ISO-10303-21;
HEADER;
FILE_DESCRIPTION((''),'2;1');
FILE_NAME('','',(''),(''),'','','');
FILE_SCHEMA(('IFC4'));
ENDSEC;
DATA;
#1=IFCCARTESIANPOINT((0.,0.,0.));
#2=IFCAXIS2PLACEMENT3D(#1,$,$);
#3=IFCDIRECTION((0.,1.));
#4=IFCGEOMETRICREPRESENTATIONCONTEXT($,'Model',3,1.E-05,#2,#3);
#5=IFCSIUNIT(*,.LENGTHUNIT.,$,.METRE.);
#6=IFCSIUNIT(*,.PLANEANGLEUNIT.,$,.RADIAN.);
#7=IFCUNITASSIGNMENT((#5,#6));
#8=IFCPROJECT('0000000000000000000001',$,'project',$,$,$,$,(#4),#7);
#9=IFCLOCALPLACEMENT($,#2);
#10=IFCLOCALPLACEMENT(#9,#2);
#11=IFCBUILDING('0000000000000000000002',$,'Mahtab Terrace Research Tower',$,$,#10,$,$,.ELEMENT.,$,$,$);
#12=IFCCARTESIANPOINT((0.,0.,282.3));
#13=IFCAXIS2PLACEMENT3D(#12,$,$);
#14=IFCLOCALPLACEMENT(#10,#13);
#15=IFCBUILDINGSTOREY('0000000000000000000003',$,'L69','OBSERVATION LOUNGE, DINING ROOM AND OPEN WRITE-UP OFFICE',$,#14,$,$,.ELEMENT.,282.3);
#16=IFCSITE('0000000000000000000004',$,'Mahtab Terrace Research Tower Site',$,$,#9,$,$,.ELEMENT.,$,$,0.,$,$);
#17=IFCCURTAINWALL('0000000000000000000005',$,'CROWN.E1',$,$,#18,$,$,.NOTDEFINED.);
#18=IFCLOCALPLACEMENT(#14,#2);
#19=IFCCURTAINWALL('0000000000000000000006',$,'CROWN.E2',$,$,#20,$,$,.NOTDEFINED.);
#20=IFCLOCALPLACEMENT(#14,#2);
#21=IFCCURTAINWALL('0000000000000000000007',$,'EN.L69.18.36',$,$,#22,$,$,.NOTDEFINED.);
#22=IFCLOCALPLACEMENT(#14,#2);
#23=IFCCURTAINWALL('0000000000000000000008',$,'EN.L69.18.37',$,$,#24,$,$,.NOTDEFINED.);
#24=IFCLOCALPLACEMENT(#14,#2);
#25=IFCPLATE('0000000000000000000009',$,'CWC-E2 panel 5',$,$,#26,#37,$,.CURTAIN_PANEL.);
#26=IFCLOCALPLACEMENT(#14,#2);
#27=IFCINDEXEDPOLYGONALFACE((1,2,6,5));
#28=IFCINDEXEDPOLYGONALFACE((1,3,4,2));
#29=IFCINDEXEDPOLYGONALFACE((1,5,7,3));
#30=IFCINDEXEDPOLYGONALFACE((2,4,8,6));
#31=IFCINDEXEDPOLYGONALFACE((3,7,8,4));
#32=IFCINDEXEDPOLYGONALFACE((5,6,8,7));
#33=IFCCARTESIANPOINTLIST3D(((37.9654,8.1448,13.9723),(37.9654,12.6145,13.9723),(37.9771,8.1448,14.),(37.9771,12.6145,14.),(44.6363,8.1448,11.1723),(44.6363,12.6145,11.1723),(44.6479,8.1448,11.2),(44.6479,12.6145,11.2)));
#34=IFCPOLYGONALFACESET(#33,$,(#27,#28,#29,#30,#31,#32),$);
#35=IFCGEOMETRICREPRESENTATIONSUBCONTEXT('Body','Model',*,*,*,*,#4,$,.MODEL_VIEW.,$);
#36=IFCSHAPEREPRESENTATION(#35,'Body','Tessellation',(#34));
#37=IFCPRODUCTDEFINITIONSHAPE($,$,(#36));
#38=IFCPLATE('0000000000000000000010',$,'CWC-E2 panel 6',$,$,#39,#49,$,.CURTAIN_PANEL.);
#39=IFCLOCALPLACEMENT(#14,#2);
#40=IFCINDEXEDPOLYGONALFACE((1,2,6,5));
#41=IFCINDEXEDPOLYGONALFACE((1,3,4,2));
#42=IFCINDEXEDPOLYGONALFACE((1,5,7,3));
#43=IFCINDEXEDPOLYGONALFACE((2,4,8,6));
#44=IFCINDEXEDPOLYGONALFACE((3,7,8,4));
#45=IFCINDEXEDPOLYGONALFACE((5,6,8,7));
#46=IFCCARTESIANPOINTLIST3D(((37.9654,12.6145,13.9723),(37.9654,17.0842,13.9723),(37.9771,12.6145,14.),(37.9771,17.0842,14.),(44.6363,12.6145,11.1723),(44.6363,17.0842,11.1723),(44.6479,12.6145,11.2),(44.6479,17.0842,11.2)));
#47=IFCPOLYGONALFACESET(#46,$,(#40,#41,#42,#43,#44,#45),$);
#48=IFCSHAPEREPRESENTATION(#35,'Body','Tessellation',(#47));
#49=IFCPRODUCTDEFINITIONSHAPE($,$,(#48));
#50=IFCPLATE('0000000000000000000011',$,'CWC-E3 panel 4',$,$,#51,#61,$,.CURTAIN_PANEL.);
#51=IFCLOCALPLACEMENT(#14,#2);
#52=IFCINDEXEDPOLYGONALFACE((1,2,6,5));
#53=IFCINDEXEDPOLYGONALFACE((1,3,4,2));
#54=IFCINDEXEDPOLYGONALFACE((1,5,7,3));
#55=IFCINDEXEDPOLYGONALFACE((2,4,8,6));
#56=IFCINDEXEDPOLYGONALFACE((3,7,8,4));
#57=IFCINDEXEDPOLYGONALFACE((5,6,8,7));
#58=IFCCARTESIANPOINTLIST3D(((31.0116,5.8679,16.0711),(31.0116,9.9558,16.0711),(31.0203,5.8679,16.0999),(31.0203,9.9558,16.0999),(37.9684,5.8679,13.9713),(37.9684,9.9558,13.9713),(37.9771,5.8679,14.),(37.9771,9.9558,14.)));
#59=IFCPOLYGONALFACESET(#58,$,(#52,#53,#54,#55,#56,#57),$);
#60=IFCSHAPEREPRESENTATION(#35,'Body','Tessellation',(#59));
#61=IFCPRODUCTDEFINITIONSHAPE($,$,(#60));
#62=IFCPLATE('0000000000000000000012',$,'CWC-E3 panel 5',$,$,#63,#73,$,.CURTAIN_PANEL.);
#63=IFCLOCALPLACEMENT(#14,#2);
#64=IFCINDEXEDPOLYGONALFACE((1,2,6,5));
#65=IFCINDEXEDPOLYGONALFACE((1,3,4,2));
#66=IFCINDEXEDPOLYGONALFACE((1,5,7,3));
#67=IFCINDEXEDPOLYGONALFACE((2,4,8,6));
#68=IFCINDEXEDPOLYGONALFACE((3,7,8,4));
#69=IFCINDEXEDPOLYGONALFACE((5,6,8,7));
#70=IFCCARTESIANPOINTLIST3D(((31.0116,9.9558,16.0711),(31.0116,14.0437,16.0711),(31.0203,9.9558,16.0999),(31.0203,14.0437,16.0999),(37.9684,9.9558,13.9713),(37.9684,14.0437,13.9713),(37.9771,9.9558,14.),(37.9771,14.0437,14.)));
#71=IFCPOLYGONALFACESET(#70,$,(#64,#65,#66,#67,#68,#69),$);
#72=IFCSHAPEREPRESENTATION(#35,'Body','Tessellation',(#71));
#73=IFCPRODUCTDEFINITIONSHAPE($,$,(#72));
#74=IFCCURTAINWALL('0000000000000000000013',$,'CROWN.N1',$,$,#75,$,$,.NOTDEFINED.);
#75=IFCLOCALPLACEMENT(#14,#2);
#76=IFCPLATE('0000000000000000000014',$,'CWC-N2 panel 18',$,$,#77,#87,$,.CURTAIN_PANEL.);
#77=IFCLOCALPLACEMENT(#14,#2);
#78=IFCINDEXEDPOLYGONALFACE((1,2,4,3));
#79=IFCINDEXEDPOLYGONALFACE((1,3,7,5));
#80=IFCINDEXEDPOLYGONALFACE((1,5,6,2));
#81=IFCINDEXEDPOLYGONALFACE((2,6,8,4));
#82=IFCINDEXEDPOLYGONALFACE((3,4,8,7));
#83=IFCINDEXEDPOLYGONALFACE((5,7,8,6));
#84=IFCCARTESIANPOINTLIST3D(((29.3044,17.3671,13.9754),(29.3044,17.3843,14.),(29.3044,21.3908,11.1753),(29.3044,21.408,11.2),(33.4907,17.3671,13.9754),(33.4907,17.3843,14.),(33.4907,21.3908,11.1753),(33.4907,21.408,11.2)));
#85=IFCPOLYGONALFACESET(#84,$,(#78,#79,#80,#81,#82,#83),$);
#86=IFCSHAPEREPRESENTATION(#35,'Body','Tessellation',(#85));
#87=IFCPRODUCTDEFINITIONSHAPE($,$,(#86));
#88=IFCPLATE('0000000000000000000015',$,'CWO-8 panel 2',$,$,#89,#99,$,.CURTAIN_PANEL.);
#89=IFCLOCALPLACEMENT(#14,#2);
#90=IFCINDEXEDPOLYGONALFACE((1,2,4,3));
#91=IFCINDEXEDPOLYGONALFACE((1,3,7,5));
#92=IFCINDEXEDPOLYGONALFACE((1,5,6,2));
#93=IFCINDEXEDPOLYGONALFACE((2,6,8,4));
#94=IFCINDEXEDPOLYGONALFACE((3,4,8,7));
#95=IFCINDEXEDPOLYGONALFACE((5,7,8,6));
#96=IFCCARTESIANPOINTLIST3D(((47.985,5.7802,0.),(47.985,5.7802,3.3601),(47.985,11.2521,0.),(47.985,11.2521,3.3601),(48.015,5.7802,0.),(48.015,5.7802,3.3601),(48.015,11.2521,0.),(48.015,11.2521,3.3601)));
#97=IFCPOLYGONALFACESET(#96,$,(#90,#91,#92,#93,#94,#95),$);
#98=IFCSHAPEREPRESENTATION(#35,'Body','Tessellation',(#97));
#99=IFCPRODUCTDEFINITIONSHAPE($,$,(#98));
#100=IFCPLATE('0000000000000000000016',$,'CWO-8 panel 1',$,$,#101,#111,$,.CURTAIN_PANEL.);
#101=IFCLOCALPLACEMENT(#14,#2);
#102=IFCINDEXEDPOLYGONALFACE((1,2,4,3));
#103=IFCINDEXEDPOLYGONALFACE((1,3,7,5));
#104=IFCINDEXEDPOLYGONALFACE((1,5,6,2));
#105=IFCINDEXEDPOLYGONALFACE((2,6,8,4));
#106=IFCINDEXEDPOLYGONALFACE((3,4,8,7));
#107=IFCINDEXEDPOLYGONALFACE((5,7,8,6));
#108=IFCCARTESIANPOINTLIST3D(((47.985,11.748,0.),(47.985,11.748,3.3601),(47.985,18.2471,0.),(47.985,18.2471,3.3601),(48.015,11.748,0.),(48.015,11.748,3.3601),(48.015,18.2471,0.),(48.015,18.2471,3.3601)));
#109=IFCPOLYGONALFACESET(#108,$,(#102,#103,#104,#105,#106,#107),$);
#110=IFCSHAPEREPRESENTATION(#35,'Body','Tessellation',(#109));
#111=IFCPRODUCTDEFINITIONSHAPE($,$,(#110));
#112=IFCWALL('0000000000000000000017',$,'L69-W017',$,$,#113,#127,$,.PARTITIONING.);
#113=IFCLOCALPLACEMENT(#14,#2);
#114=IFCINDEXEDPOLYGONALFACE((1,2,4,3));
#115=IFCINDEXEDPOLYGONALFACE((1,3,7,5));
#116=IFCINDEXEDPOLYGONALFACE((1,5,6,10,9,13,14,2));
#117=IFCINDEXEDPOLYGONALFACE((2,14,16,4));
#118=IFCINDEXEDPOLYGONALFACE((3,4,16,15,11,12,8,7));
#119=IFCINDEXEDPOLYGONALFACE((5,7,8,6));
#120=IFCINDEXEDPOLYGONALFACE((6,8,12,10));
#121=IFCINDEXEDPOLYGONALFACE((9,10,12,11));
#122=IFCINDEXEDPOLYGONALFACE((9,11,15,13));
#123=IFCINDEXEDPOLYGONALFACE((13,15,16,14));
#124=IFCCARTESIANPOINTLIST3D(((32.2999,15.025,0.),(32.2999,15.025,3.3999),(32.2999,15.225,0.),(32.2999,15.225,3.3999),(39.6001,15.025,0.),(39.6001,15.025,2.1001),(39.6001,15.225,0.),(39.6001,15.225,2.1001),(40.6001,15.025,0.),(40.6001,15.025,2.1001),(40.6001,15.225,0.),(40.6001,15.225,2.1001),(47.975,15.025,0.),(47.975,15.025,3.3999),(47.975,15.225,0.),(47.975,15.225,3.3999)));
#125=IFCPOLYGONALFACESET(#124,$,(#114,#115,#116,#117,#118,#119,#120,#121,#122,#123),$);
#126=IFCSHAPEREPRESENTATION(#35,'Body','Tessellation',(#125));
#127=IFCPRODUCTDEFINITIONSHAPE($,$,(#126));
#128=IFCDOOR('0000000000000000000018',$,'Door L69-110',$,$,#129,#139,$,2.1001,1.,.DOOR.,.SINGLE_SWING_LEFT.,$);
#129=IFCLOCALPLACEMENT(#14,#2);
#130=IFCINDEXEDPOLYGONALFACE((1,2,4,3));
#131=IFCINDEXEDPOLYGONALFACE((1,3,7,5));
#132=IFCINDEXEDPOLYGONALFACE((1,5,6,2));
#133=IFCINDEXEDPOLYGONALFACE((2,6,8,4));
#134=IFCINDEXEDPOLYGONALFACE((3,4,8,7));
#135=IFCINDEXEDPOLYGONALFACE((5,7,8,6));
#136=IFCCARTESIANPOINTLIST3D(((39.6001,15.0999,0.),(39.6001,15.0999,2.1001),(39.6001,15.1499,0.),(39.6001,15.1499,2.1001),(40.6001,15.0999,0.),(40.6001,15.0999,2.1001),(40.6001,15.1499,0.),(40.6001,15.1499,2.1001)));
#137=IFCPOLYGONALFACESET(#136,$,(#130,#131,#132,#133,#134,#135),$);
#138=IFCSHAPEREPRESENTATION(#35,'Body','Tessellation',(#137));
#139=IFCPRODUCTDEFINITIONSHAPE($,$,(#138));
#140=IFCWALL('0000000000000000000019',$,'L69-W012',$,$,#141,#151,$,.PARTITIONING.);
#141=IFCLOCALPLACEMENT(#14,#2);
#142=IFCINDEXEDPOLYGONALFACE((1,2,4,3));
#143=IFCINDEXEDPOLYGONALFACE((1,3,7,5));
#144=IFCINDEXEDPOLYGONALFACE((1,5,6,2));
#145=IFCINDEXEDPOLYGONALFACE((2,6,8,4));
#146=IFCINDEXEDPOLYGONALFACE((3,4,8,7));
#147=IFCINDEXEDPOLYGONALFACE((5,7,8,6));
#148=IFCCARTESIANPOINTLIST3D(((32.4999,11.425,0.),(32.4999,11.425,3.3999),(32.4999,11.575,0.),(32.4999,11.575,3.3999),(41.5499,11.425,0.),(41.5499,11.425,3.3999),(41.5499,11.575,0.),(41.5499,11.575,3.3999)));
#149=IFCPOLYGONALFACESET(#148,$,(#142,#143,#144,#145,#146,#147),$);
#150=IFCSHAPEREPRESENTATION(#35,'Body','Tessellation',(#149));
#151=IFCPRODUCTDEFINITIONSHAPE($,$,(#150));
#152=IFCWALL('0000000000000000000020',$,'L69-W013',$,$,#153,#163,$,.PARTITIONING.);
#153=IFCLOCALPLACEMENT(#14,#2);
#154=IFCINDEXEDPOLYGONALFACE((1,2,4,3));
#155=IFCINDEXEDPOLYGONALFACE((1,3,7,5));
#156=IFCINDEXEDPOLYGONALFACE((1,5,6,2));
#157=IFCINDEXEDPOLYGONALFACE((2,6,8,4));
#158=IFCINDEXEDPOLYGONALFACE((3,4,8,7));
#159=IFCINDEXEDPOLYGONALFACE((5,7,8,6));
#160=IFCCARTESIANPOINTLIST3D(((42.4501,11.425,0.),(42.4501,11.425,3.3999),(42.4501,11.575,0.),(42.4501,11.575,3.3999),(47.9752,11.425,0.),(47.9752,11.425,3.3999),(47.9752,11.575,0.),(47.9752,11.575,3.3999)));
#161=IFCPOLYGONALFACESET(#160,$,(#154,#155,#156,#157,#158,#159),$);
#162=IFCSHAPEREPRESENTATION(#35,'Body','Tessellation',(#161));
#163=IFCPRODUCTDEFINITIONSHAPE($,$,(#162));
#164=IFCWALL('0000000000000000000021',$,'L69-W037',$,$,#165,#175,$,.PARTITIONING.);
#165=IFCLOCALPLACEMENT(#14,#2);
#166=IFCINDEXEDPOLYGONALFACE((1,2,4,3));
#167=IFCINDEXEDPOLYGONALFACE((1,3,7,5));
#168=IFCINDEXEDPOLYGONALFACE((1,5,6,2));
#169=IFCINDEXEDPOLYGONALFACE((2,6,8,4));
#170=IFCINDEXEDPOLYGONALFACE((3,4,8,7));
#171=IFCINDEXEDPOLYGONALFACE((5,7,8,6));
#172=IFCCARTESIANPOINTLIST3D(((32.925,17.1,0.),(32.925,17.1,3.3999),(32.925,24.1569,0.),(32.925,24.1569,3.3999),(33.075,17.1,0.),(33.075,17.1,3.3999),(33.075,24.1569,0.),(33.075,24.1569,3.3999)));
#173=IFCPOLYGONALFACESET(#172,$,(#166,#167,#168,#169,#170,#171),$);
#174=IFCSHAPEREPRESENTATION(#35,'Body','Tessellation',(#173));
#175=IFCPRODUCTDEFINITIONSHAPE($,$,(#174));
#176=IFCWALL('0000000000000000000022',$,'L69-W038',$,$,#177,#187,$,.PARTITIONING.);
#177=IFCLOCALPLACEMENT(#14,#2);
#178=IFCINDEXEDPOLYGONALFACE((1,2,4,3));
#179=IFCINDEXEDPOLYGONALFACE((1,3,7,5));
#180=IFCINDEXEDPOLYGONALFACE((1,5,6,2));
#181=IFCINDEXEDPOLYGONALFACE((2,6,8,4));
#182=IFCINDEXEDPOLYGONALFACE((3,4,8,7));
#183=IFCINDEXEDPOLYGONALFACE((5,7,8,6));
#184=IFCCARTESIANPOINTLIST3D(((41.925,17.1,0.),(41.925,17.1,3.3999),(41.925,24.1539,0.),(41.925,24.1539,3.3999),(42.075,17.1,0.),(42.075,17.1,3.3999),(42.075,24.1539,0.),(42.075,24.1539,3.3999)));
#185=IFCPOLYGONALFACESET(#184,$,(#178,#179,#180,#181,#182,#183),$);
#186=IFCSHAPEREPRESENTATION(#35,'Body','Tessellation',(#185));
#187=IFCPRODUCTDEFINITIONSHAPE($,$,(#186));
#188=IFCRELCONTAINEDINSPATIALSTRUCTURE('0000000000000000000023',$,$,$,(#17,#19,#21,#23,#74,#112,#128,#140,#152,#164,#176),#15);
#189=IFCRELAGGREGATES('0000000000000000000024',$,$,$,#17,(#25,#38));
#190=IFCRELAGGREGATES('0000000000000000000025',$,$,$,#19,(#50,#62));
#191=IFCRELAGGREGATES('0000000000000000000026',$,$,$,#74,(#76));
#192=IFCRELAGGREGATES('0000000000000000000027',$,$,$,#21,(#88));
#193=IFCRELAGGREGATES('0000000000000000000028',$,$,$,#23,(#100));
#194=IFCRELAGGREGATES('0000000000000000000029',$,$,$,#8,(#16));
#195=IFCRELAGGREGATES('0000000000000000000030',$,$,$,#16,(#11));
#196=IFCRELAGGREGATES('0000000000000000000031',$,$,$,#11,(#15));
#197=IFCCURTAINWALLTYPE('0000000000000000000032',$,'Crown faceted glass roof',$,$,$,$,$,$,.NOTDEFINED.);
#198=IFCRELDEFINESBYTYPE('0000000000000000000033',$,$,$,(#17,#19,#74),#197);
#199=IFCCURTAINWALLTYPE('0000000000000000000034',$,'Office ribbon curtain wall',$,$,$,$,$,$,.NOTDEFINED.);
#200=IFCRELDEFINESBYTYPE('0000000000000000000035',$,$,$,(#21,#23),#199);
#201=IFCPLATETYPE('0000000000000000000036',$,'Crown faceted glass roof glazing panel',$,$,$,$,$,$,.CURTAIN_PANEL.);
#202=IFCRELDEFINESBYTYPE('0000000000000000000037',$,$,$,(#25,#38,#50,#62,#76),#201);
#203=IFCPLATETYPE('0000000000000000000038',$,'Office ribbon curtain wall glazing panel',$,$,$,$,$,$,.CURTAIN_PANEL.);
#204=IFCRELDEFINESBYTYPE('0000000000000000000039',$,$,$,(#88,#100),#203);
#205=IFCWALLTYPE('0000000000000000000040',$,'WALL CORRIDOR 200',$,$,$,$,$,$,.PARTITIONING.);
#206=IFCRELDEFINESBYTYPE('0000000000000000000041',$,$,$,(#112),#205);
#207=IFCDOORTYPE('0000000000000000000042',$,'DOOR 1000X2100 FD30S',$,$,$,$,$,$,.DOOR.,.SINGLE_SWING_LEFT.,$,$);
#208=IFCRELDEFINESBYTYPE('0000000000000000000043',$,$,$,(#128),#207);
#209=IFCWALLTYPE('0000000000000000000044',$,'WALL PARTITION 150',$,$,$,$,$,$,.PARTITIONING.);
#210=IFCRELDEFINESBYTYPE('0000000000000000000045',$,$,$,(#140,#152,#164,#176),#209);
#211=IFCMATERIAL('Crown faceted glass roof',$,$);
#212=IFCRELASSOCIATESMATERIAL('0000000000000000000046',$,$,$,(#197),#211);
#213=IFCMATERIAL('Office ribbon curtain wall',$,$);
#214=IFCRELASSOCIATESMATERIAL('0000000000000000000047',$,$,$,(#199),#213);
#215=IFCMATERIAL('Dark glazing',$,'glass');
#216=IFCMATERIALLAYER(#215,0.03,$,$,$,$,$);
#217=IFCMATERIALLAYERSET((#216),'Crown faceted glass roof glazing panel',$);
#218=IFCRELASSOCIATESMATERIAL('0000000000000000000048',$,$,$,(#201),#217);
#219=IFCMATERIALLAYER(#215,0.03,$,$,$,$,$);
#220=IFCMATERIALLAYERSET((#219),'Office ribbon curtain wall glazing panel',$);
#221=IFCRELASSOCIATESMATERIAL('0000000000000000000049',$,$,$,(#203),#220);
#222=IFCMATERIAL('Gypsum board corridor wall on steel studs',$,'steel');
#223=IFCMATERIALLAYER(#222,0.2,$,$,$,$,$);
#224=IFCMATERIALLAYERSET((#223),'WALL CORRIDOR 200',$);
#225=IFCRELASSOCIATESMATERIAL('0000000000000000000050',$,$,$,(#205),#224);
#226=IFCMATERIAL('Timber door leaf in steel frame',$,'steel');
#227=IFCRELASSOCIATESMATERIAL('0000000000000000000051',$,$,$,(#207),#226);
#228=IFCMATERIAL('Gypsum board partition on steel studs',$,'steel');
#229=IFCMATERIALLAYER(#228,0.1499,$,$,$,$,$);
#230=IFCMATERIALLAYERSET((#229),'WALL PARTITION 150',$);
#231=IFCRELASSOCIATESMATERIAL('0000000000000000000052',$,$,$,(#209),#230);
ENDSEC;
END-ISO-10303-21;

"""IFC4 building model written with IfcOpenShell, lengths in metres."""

from ifc_helpers import new_model, si_unit, direction, frame, frame_2d, origin, origin_2d, place, context, subcontext, project, spatial, polyline, rectangle, outline, extrude, material, layer, layer_set, type_object, element, fill, aggregate, save


model = new_model("IFC4")

# Units and contexts
model_context = context("Model", 3, precision=1e-05, world=origin(), true_north=direction((0.0, 1.0)))
body_context = subcontext(model_context, "Body", "Model", "MODEL_VIEW")
ifc_project = project(units=[si_unit("LENGTHUNIT", "METRE"), si_unit("PLANEANGLEUNIT", "RADIAN")], contexts=[model_context])

# Site, building, storey
site_placement = place(None, origin())
site = spatial("IfcSite", under=ifc_project, at=site_placement, Name="Mahtab Terrace Research Tower Site", CompositionType="ELEMENT", RefElevation=0.0)
building_placement = place(site_placement, origin())
building = spatial("IfcBuilding", under=site, at=building_placement, Name="Mahtab Terrace Research Tower", CompositionType="ELEMENT")
storey_placement = place(building_placement, frame((0.0, 0.0, 282.3)))
storey = spatial("IfcBuildingStorey", under=building, at=storey_placement, Name="L69", Description="OBSERVATION LOUNGE, DINING ROOM AND OPEN WRITE-UP OFFICE", CompositionType="ELEMENT", Elevation=282.3)

# Curtain walls
ifc_material_1 = material(Name="Crown faceted glass roof")
curtain_wall_type_1 = type_object("IfcCurtainWallType", Name="Crown faceted glass roof", PredefinedType="NOTDEFINED", material=ifc_material_1)
curtain_wall_1_placement = place(storey_placement, origin())
curtain_wall_1 = element("IfcCurtainWall", 1, at=curtain_wall_1_placement, inside=storey, type_object=curtain_wall_type_1, Name="CROWN.E1", PredefinedType="NOTDEFINED")
curtain_wall_2_placement = place(storey_placement, origin())
curtain_wall_2 = element("IfcCurtainWall", 2, at=curtain_wall_2_placement, inside=storey, type_object=curtain_wall_type_1, Name="CROWN.E2", PredefinedType="NOTDEFINED")

# Curtain wall
ifc_material_2 = material(Name="Office ribbon curtain wall")
curtain_wall_type_2 = type_object("IfcCurtainWallType", Name="Office ribbon curtain wall", PredefinedType="NOTDEFINED", material=ifc_material_2)
curtain_wall_3_placement = place(storey_placement, origin())
curtain_wall_3 = element("IfcCurtainWall", 3, at=curtain_wall_3_placement, inside=storey, type_object=curtain_wall_type_2, Name="EN.L69.18.36", PredefinedType="NOTDEFINED")

# Curtain wall
curtain_wall_4_placement = place(storey_placement, origin())
curtain_wall_4 = element("IfcCurtainWall", 4, at=curtain_wall_4_placement, inside=storey, type_object=curtain_wall_type_2, Name="EN.L69.18.37", PredefinedType="NOTDEFINED")

# Plates
ifc_material_3 = material(Name="Dark glazing", Category="glass")
ifc_layer_1 = layer(ifc_material_3, 0.03)
ifc_layer_set_1 = layer_set([ifc_layer_1], Name="Crown faceted glass roof glazing panel")
plate_type_1 = type_object("IfcPlateType", Name="Crown faceted glass roof glazing panel", PredefinedType="CURTAIN_PANEL", material=ifc_layer_set_1)
plate_1_placement = place(storey_placement, frame((44.6479, 8.1448, 11.2), z_axis=(0.387029, 0.0, 0.922067), x_axis=(0.0, 1.0, 0.0)))
plate_1 = element("IfcPlate", 5, at=plate_1_placement, type_object=plate_type_1, Name="CWC-E2 panel 5", PredefinedType="CURTAIN_PANEL", context=body_context, shape_type="SweptSolid", body=[
    extrude(outline(polyline([(0.0, 0.0), (4.4697, 0.0), (4.4697, 7.2347), (0.0, 7.2347), (0.0, 0.0)])), origin(), (0.0, 0.0, -1.0), 0.03),
])
plate_2_placement = place(storey_placement, frame((44.6479, 12.6145, 11.2), z_axis=(0.387029, 0.0, 0.922067), x_axis=(0.0, 1.0, 0.0)))
plate_2 = element("IfcPlate", 6, at=plate_2_placement, type_object=plate_type_1, Name="CWC-E2 panel 6", PredefinedType="CURTAIN_PANEL", context=body_context, shape_type="SweptSolid", body=[
    extrude(outline(polyline([(0.0, 0.0), (4.4697, 0.0), (4.4697, 7.2347), (0.0, 7.2347), (0.0, 0.0)])), origin(), (0.0, 0.0, -1.0), 0.03),
])
aggregate(curtain_wall_1, [plate_1, plate_2])
plate_3_placement = place(storey_placement, frame((37.9771, 5.8679, 14.0), z_axis=(0.288966, 0.0, 0.957339), x_axis=(0.0, 1.0, 0.0)))
plate_3 = element("IfcPlate", 7, at=plate_3_placement, type_object=plate_type_1, Name="CWC-E3 panel 4", PredefinedType="CURTAIN_PANEL", context=body_context, shape_type="SweptSolid", body=[
    extrude(outline(polyline([(0.0, 0.0), (4.0879, 0.0), (4.0879, 7.2668), (0.0, 7.2668), (0.0, 0.0)])), origin(), (0.0, 0.0, -1.0), 0.03),
])
plate_4_placement = place(storey_placement, frame((37.9771, 9.9558, 14.0), z_axis=(0.288966, 0.0, 0.957339), x_axis=(0.0, 1.0, 0.0)))
plate_4 = element("IfcPlate", 8, at=plate_4_placement, type_object=plate_type_1, Name="CWC-E3 panel 5", PredefinedType="CURTAIN_PANEL", context=body_context, shape_type="SweptSolid", body=[
    extrude(outline(polyline([(0.0, 0.0), (4.0879, 0.0), (4.0879, 7.2668), (0.0, 7.2668), (0.0, 0.0)])), origin(), (0.0, 0.0, -1.0), 0.03),
])
aggregate(curtain_wall_2, [plate_3, plate_4])

# Curtain wall, plate
curtain_wall_5_placement = place(storey_placement, origin())
curtain_wall_5 = element("IfcCurtainWall", 9, at=curtain_wall_5_placement, inside=storey, type_object=curtain_wall_type_1, Name="CROWN.N1", PredefinedType="NOTDEFINED")
plate_5_placement = place(storey_placement, frame((33.4907, 17.3843, 14.0), z_axis=(0.0, 0.571197, 0.820813), x_axis=(0.0, 0.820813, -0.571197)))
plate_5 = element("IfcPlate", 10, at=plate_5_placement, type_object=plate_type_1, Name="CWC-N2 panel 18", PredefinedType="CURTAIN_PANEL", context=body_context, shape_type="SweptSolid", body=[
    extrude(outline(polyline([(0.0, 0.0), (4.9021, 0.0), (4.9021, 4.1863), (0.0, 4.1863), (0.0, 0.0)])), origin(), (0.0, 0.0, -1.0), 0.03),
])
aggregate(curtain_wall_5, [plate_5])

# Plates
ifc_layer_2 = layer(ifc_material_3, 0.03)
ifc_layer_set_2 = layer_set([ifc_layer_2], Name="Office ribbon curtain wall glazing panel")
plate_type_2 = type_object("IfcPlateType", Name="Office ribbon curtain wall glazing panel", PredefinedType="CURTAIN_PANEL", material=ifc_layer_set_2)
plate_6_placement = place(storey_placement, frame((48.0, 8.5161, 0.0), z_axis=(0.0, 0.0, 1.0), x_axis=(0.0, 1.0, 0.0)))
plate_6 = element("IfcPlate", 11, at=plate_6_placement, type_object=plate_type_2, Name="CWO-8 panel 2", PredefinedType="CURTAIN_PANEL", context=body_context, shape_type="SweptSolid", body=[
    extrude(rectangle(XDim=5.4719, YDim=0.03, at=origin_2d()), origin(), (0.0, 0.0, 1.0), 3.3601),
])
aggregate(curtain_wall_3, [plate_6])
plate_7_placement = place(storey_placement, frame((48.0, 14.9976, 0.0), z_axis=(0.0, 0.0, 1.0), x_axis=(0.0, 1.0, 0.0)))
plate_7 = element("IfcPlate", 12, at=plate_7_placement, type_object=plate_type_2, Name="CWO-8 panel 1", PredefinedType="CURTAIN_PANEL", context=body_context, shape_type="SweptSolid", body=[
    extrude(rectangle(XDim=6.499, YDim=0.03, at=origin_2d()), origin(), (0.0, 0.0, 1.0), 3.3601),
])
aggregate(curtain_wall_4, [plate_7])

# Wall, opening, door
ifc_material_4 = material(Name="Gypsum board corridor wall on steel studs", Category="steel")
ifc_layer_3 = layer(ifc_material_4, 0.2)
ifc_layer_set_3 = layer_set([ifc_layer_3], Name="WALL CORRIDOR 200")
wall_type_1 = type_object("IfcWallType", Name="WALL CORRIDOR 200", PredefinedType="PARTITIONING", material=ifc_layer_set_3)
wall_1_placement = place(storey_placement, frame((32.3, 15.125, 0.0), z_axis=(0.0, 0.0, 1.0), x_axis=(1.0, 0.0, 0.0)))
wall_1 = element("IfcWall", 13, at=wall_1_placement, inside=storey, type_object=wall_type_1, Name="L69-W017", PredefinedType="PARTITIONING", context=body_context, shape_type="SweptSolid", body=[
    extrude(rectangle(XDim=15.675, YDim=0.2, at=frame_2d((7.8374, 0.0))), origin(), (0.0, 0.0, 1.0), 3.3999),
])
opening_placement = place(wall_1_placement, frame((7.3, 0.0, 0.0)))
opening = element("IfcOpeningElement", 14, at=opening_placement, cuts=wall_1, PredefinedType="OPENING", context=body_context, shape_type="SweptSolid", body=[
    extrude(rectangle(XDim=1.0, YDim=2.1001, at=frame_2d((0.5, 1.05))), frame((0.0, 0.1099, 0.0), z_axis=(0.0, -1.0, 0.0), x_axis=(1.0, 0.0, 0.0)), (0.0, 0.0, 1.0), 0.22),
])
ifc_material_5 = material(Name="Timber door leaf in steel frame", Category="steel")
door_type = type_object("IfcDoorType", Name="DOOR 1000X2100 FD30S", OperationType="SINGLE_SWING_LEFT", PredefinedType="DOOR", material=ifc_material_5)
door_placement = place(opening_placement, origin())
door = element("IfcDoor", 15, at=door_placement, inside=storey, type_object=door_type, Name="Door L69-110", OperationType="SINGLE_SWING_LEFT", OverallHeight=2.1001, OverallWidth=1.0, PredefinedType="DOOR", context=body_context, shape_type="SweptSolid", body=[
    extrude(rectangle(XDim=1.0, YDim=2.1001, at=frame_2d((0.5, 1.05))), frame((0.0, 0.0249, 0.0), z_axis=(0.0, -1.0, 0.0), x_axis=(1.0, 0.0, 0.0)), (0.0, 0.0, 1.0), 0.05),
])
fill(opening, door)

# Walls
ifc_material_6 = material(Name="Gypsum board partition on steel studs", Category="steel")
ifc_layer_4 = layer(ifc_material_6, 0.1499)
ifc_layer_set_4 = layer_set([ifc_layer_4], Name="WALL PARTITION 150")
wall_type_2 = type_object("IfcWallType", Name="WALL PARTITION 150", PredefinedType="PARTITIONING", material=ifc_layer_set_4)
wall_2_placement = place(storey_placement, frame((32.5, 11.5, 0.0), z_axis=(0.0, 0.0, 1.0), x_axis=(1.0, 0.0, 0.0)))
element("IfcWall", 16, at=wall_2_placement, inside=storey, type_object=wall_type_2, Name="L69-W012", PredefinedType="PARTITIONING", context=body_context, shape_type="SweptSolid", body=[
    extrude(rectangle(XDim=9.05, YDim=0.1499, at=frame_2d((4.5249, 0.0))), origin(), (0.0, 0.0, 1.0), 3.3999),
])
wall_3_placement = place(storey_placement, frame((42.45, 11.5, 0.0), z_axis=(0.0, 0.0, 1.0), x_axis=(1.0, 0.0, 0.0)))
element("IfcWall", 17, at=wall_3_placement, inside=storey, type_object=wall_type_2, Name="L69-W013", PredefinedType="PARTITIONING", context=body_context, shape_type="SweptSolid", body=[
    extrude(rectangle(XDim=5.5251, YDim=0.1499, at=frame_2d((2.7627, 0.0))), origin(), (0.0, 0.0, 1.0), 3.3999),
])
wall_4_placement = place(storey_placement, frame((33.0, 17.1001, 0.0), z_axis=(0.0, 0.0, 1.0), x_axis=(0.0, 1.0, 0.0)))
element("IfcWall", 18, at=wall_4_placement, inside=storey, type_object=wall_type_2, Name="L69-W037", PredefinedType="PARTITIONING", context=body_context, shape_type="SweptSolid", body=[
    extrude(rectangle(XDim=7.0569, YDim=0.1499, at=frame_2d((3.5283, 0.0))), origin(), (0.0, 0.0, 1.0), 3.3999),
])
wall_5_placement = place(storey_placement, frame((42.0, 17.1001, 0.0), z_axis=(0.0, 0.0, 1.0), x_axis=(0.0, 1.0, 0.0)))
element("IfcWall", 19, at=wall_5_placement, inside=storey, type_object=wall_type_2, Name="L69-W038", PredefinedType="PARTITIONING", context=body_context, shape_type="SweptSolid", body=[
    extrude(rectangle(XDim=7.054, YDim=0.1499, at=frame_2d((3.5269, 0.0))), origin(), (0.0, 0.0, 1.0), 3.3999),
])

save(model, "model.ifc")
